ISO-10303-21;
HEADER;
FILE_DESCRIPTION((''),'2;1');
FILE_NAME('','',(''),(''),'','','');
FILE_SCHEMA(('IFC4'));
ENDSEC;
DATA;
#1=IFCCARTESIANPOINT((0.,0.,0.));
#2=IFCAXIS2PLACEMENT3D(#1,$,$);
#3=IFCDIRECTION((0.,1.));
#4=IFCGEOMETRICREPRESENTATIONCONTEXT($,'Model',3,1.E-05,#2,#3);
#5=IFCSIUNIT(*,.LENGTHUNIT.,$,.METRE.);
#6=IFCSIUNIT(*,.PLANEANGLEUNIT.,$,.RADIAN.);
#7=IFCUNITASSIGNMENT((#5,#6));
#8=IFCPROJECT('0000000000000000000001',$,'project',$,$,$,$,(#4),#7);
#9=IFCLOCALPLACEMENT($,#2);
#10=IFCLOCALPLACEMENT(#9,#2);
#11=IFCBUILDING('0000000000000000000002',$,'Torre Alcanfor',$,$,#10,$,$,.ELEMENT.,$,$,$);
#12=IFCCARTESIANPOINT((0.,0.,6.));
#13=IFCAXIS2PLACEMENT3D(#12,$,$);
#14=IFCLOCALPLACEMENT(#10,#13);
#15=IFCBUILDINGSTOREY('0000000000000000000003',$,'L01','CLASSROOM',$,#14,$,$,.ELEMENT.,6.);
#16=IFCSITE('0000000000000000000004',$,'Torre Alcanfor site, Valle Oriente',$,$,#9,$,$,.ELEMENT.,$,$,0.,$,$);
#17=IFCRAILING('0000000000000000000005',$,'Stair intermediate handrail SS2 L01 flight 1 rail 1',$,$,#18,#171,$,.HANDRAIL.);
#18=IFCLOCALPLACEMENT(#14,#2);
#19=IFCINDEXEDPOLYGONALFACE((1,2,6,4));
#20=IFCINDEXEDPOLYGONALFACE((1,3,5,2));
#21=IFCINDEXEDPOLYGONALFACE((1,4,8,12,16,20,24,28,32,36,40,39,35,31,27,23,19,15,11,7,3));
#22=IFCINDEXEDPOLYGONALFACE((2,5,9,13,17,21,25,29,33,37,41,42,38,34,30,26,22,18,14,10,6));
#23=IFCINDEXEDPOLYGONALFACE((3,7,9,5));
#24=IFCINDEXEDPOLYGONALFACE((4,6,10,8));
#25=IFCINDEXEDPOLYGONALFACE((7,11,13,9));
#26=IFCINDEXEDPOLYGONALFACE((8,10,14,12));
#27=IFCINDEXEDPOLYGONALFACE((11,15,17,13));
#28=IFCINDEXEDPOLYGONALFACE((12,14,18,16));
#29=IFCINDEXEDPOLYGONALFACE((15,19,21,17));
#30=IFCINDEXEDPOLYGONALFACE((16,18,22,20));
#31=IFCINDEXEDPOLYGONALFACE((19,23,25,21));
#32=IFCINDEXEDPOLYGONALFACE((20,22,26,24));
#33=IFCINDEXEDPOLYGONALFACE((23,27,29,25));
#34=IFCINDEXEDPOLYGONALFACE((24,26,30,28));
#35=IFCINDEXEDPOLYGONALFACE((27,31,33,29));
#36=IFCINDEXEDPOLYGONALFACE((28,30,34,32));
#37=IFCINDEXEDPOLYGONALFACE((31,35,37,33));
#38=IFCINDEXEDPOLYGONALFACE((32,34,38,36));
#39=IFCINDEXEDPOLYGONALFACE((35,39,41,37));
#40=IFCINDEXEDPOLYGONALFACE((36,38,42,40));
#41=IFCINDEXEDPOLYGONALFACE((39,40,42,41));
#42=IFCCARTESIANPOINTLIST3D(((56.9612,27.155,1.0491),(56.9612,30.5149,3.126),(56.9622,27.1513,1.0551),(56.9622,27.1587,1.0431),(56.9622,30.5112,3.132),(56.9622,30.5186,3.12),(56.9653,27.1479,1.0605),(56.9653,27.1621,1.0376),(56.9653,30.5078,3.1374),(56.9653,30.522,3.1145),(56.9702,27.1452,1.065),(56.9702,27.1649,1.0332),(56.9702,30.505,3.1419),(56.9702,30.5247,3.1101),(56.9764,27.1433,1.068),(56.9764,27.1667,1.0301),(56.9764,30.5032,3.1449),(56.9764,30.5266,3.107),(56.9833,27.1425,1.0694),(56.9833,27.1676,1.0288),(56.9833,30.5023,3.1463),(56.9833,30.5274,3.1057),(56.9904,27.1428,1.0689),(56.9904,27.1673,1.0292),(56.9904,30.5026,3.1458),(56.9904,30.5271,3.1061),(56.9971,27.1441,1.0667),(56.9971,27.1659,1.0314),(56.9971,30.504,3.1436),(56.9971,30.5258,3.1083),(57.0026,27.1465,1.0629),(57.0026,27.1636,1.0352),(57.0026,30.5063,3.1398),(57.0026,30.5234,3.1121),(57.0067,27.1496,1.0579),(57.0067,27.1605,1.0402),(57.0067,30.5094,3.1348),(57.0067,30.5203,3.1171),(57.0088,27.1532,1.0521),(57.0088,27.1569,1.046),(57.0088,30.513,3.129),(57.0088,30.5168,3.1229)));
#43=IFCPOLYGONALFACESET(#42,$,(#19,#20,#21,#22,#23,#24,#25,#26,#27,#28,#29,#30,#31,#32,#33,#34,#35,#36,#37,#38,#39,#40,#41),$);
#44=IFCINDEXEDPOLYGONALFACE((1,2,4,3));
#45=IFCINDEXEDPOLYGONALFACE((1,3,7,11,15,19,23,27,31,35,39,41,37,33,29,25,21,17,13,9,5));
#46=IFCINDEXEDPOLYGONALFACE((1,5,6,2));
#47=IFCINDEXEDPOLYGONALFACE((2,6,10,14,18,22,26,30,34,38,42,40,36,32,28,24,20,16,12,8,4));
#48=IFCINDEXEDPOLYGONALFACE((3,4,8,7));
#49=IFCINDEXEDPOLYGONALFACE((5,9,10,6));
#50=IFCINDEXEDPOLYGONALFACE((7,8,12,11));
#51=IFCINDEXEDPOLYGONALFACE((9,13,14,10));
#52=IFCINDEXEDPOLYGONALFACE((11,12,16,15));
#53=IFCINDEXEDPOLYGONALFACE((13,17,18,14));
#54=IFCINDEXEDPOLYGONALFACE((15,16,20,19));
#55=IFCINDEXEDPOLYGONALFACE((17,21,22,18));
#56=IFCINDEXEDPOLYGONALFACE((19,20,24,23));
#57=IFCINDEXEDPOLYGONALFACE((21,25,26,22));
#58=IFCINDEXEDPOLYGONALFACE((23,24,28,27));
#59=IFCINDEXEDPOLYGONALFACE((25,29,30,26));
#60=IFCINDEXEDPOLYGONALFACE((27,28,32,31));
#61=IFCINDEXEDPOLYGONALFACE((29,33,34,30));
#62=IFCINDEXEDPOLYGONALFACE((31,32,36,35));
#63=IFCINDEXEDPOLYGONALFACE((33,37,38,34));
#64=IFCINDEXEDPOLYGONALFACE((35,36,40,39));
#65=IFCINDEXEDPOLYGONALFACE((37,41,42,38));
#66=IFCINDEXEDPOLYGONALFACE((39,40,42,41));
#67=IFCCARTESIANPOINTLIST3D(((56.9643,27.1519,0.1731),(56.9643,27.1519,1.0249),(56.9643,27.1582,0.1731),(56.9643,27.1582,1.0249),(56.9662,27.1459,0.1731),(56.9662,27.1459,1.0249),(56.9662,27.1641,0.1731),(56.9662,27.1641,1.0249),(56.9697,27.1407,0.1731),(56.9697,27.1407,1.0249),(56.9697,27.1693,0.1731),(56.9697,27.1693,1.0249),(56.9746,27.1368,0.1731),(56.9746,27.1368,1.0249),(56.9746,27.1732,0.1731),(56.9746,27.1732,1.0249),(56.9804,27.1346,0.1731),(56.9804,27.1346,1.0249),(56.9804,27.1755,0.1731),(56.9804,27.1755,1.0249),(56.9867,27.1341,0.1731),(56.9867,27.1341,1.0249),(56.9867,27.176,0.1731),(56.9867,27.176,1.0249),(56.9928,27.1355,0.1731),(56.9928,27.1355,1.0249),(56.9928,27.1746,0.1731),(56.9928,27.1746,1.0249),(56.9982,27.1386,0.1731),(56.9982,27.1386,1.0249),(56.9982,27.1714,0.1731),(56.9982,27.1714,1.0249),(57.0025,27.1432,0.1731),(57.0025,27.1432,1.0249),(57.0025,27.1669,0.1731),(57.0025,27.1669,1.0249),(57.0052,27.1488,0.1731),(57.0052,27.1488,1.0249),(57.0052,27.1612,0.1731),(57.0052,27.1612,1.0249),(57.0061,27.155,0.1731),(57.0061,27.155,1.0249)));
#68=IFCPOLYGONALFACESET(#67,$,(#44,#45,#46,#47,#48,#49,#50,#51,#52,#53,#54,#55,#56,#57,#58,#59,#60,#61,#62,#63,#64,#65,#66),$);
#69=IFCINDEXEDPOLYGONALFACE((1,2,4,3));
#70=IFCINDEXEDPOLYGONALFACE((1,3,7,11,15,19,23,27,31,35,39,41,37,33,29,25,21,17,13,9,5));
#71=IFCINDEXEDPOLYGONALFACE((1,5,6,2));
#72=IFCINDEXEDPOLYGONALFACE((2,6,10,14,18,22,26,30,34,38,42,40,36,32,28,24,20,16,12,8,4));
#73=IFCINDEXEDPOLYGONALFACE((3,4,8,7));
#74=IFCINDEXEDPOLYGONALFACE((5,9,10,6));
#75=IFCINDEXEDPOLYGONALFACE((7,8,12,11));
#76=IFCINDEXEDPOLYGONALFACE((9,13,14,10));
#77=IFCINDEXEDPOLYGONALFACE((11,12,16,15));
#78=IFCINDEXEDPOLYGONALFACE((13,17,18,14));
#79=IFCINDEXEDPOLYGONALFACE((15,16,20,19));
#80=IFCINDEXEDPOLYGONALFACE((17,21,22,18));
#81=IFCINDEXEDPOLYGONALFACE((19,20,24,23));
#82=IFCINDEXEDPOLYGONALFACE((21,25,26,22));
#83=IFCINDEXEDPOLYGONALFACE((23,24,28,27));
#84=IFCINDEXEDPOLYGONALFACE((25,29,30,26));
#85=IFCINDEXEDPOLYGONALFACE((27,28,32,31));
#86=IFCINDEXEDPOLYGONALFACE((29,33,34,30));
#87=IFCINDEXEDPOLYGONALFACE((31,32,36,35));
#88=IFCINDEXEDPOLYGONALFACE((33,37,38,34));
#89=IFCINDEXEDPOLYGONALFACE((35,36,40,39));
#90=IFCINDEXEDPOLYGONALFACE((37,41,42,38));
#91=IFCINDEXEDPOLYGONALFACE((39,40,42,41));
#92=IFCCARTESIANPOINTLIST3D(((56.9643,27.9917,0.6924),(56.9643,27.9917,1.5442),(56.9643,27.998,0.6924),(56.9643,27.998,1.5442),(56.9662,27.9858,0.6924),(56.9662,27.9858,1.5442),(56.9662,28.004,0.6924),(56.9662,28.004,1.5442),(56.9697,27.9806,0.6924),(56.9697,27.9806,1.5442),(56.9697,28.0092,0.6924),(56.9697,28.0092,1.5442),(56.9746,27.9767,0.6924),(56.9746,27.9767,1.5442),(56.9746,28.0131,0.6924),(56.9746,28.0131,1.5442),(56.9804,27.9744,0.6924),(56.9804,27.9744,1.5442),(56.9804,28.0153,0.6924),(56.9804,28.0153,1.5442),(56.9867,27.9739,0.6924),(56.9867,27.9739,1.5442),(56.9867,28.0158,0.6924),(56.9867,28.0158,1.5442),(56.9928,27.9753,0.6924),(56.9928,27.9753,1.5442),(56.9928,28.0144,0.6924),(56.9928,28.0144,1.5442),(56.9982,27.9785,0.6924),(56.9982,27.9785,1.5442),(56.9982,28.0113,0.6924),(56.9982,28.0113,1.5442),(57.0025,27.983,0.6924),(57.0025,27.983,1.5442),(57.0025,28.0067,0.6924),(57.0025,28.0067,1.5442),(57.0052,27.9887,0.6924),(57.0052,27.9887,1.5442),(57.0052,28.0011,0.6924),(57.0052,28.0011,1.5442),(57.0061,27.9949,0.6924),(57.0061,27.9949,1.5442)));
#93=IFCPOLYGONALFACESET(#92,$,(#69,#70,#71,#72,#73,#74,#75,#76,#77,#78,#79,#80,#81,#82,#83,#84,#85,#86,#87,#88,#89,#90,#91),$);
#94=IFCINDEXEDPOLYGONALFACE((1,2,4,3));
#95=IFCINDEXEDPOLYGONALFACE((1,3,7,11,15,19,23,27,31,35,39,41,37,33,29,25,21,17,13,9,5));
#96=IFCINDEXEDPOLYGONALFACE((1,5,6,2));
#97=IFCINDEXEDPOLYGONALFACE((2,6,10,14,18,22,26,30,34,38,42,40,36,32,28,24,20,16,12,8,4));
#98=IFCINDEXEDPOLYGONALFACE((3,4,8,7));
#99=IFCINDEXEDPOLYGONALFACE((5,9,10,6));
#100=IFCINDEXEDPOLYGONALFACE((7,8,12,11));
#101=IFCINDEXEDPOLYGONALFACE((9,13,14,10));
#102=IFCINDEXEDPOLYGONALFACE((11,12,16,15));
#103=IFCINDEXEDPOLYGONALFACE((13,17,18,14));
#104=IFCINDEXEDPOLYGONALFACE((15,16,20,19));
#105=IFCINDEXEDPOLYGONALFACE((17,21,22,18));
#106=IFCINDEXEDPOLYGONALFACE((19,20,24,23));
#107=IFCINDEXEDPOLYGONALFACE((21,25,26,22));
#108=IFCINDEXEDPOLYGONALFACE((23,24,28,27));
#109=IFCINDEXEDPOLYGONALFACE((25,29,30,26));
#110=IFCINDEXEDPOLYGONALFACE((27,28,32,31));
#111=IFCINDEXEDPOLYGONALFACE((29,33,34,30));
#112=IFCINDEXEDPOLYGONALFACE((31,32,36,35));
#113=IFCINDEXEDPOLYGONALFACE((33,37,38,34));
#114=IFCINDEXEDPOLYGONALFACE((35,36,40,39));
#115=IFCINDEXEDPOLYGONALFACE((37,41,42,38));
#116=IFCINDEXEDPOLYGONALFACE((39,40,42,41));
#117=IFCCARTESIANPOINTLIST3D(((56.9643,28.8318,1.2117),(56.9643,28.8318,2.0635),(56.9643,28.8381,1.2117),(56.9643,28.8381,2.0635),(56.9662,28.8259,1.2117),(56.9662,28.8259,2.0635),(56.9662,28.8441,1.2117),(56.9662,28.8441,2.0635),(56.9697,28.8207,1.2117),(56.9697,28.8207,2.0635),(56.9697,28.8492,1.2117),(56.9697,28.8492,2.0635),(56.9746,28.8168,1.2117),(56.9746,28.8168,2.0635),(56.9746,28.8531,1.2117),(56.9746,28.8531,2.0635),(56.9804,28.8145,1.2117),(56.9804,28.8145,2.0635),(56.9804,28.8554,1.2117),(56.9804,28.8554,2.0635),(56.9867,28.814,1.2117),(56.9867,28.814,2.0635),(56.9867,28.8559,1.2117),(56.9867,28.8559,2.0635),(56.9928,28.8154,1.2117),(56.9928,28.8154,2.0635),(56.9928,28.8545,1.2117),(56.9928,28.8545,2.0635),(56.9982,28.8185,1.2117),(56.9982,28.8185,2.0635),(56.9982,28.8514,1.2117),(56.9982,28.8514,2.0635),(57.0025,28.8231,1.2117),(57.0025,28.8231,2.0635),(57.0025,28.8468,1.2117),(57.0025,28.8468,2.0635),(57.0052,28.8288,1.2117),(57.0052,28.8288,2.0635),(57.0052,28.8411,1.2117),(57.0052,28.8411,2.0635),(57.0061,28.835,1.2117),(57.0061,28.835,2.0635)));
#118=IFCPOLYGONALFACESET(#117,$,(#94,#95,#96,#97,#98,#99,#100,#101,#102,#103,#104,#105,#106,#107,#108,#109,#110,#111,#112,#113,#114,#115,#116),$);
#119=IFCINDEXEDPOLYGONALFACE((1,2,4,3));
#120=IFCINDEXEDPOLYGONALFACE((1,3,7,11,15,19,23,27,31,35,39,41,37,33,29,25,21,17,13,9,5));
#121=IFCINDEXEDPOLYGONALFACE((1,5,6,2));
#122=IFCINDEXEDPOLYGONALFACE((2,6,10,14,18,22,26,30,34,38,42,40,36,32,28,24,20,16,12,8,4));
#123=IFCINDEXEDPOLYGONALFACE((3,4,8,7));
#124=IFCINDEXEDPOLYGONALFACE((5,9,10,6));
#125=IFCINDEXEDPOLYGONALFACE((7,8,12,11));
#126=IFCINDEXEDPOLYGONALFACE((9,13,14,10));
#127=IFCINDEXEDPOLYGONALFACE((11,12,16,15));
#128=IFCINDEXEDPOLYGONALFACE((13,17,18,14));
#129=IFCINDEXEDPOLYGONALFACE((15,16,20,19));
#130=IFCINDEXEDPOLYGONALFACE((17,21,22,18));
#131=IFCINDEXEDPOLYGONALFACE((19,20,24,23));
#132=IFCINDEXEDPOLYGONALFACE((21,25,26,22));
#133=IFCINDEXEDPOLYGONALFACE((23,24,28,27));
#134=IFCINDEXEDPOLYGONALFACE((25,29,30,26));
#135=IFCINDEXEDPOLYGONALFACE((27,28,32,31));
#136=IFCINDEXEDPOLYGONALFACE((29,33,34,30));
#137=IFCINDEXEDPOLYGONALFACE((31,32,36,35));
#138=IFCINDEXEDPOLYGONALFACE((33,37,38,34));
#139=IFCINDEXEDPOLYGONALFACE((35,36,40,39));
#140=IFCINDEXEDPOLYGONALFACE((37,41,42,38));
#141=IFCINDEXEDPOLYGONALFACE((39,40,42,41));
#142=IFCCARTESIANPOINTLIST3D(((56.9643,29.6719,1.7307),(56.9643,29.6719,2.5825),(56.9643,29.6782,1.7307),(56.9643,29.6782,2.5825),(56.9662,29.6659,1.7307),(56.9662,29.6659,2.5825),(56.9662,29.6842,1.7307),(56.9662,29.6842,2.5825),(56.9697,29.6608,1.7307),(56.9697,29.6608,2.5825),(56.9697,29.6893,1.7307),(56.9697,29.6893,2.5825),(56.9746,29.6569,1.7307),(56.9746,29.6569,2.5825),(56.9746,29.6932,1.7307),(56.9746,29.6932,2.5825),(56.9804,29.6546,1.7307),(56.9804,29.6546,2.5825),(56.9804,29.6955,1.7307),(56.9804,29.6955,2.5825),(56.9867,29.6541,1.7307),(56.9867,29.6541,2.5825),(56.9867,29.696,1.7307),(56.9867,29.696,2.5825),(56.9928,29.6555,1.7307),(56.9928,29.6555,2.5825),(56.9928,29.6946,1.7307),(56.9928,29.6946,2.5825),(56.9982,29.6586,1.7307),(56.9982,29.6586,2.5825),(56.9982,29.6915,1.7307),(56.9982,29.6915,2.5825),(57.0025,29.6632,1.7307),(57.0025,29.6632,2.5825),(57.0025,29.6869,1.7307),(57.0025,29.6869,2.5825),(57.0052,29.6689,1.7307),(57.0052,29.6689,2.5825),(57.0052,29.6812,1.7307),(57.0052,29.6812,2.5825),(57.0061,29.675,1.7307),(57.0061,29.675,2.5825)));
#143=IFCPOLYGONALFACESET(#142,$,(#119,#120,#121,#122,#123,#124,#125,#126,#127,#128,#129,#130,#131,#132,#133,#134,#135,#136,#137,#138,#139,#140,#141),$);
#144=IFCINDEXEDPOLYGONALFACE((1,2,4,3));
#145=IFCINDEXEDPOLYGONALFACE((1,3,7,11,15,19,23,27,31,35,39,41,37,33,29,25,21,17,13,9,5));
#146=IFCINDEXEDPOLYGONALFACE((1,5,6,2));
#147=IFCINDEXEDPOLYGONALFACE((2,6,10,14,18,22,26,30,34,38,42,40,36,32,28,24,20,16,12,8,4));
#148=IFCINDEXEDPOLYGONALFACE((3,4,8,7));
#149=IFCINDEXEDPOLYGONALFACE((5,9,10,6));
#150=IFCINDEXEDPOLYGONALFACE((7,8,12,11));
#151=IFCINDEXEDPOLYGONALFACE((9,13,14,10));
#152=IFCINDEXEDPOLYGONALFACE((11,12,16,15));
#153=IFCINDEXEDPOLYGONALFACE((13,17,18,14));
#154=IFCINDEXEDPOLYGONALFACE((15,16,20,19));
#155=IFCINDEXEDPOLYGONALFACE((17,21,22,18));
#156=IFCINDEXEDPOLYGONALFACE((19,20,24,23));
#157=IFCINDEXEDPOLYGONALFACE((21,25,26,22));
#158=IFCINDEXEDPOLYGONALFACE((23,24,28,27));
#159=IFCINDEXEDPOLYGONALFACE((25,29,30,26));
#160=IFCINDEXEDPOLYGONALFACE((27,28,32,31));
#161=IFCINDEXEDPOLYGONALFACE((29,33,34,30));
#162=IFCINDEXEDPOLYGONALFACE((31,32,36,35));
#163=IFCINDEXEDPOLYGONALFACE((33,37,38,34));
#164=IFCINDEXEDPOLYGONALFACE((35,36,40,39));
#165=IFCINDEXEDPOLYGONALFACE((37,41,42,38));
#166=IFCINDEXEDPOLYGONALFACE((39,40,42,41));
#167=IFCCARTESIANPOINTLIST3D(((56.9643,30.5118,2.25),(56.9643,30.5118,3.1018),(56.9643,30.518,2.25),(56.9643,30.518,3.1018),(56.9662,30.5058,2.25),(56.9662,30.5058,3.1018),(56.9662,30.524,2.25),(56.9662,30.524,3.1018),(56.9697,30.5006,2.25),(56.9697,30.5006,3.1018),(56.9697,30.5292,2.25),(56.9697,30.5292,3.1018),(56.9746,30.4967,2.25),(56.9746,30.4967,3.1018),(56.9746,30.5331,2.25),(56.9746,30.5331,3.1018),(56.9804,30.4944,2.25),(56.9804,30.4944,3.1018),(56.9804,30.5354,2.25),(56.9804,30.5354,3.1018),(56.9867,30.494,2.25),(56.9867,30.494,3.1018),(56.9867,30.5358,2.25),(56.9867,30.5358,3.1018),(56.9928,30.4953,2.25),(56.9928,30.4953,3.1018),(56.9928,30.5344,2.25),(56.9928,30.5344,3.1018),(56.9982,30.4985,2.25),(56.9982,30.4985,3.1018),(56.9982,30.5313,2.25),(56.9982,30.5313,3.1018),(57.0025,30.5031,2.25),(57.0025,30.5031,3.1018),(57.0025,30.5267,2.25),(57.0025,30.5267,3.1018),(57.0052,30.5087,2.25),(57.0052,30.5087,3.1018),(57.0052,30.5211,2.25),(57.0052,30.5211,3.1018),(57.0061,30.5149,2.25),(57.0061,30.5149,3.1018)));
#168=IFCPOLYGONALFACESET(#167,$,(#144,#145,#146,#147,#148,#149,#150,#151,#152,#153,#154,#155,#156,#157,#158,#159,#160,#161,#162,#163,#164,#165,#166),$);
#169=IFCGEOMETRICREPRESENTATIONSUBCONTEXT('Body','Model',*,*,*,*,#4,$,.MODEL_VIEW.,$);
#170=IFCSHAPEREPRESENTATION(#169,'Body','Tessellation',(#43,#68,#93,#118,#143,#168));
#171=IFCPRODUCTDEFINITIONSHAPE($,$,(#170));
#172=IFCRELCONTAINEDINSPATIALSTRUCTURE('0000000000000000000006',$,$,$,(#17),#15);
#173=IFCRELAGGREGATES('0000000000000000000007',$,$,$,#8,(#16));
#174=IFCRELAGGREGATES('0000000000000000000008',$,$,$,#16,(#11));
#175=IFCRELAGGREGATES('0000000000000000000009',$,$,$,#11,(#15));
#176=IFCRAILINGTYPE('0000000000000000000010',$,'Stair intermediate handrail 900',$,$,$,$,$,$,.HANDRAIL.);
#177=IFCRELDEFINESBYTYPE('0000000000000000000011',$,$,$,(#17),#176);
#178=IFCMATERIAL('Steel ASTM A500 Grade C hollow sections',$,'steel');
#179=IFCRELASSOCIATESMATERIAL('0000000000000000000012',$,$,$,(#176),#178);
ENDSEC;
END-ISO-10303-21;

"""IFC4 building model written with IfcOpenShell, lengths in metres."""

from ifc_helpers import new_model, si_unit, direction, frame, origin, origin_2d, place, context, subcontext, project, spatial, circle, extrude, material, type_object, element, save


model = new_model("IFC4")

# Units and contexts
model_context = context("Model", 3, precision=1e-05, world=origin(), true_north=direction((0.0, 1.0)))
body_context = subcontext(model_context, "Body", "Model", "MODEL_VIEW")
ifc_project = project(units=[si_unit("LENGTHUNIT", "METRE"), si_unit("PLANEANGLEUNIT", "RADIAN")], contexts=[model_context])

# Site, building, storey
site_placement = place(None, origin())
site = spatial("IfcSite", under=ifc_project, at=site_placement, Name="Torre Alcanfor site, Valle Oriente", CompositionType="ELEMENT", RefElevation=0.0)
building_placement = place(site_placement, origin())
building = spatial("IfcBuilding", under=site, at=building_placement, Name="Torre Alcanfor", CompositionType="ELEMENT")
storey_placement = place(building_placement, frame((0.0, 0.0, 6.0)))
storey = spatial("IfcBuildingStorey", under=building, at=storey_placement, Name="L01", Description="CLASSROOM", CompositionType="ELEMENT", Elevation=6.0)

# Railing
ifc_material_1 = material(Name="Steel ASTM A500 Grade C hollow sections", Category="steel")
railing_type_1 = type_object("IfcRailingType", Name="Stair intermediate handrail 900", PredefinedType="HANDRAIL", material=ifc_material_1)
railing_1_placement = place(storey_placement, frame((56.9851, 27.155, 0.1731)))
element("IfcRailing", 1, at=railing_1_placement, inside=storey, type_object=railing_type_1, Name="Stair intermediate handrail SS2 L01 flight 1 rail 1", PredefinedType="HANDRAIL", context=body_context, shape_type="SweptSolid", body=[
    extrude(circle(Radius=0.0239, at=origin_2d()), frame((0.0, 0.0, 0.876), z_axis=(0.0, 0.850606, 0.525803), x_axis=(-1.0, 0.0, 0.0)), (0.0, 0.0, 1.0), 3.95),
    extrude(circle(Radius=0.021, at=origin_2d()), origin(), (0.0, 0.0, 1.0), 0.8518),
    extrude(circle(Radius=0.021, at=origin_2d()), frame((0.0, 0.8398, 0.5193)), (0.0, 0.0, 1.0), 0.8518),
    extrude(circle(Radius=0.021, at=origin_2d()), frame((0.0, 1.6799, 1.0386)), (0.0, 0.0, 1.0), 0.8518),
    extrude(circle(Radius=0.021, at=origin_2d()), frame((0.0, 2.52, 1.5576)), (0.0, 0.0, 1.0), 0.8518),
    extrude(circle(Radius=0.021, at=origin_2d()), frame((0.0, 3.3599, 2.0769)), (0.0, 0.0, 1.0), 0.8518),
])

save(model, "model.ifc")
